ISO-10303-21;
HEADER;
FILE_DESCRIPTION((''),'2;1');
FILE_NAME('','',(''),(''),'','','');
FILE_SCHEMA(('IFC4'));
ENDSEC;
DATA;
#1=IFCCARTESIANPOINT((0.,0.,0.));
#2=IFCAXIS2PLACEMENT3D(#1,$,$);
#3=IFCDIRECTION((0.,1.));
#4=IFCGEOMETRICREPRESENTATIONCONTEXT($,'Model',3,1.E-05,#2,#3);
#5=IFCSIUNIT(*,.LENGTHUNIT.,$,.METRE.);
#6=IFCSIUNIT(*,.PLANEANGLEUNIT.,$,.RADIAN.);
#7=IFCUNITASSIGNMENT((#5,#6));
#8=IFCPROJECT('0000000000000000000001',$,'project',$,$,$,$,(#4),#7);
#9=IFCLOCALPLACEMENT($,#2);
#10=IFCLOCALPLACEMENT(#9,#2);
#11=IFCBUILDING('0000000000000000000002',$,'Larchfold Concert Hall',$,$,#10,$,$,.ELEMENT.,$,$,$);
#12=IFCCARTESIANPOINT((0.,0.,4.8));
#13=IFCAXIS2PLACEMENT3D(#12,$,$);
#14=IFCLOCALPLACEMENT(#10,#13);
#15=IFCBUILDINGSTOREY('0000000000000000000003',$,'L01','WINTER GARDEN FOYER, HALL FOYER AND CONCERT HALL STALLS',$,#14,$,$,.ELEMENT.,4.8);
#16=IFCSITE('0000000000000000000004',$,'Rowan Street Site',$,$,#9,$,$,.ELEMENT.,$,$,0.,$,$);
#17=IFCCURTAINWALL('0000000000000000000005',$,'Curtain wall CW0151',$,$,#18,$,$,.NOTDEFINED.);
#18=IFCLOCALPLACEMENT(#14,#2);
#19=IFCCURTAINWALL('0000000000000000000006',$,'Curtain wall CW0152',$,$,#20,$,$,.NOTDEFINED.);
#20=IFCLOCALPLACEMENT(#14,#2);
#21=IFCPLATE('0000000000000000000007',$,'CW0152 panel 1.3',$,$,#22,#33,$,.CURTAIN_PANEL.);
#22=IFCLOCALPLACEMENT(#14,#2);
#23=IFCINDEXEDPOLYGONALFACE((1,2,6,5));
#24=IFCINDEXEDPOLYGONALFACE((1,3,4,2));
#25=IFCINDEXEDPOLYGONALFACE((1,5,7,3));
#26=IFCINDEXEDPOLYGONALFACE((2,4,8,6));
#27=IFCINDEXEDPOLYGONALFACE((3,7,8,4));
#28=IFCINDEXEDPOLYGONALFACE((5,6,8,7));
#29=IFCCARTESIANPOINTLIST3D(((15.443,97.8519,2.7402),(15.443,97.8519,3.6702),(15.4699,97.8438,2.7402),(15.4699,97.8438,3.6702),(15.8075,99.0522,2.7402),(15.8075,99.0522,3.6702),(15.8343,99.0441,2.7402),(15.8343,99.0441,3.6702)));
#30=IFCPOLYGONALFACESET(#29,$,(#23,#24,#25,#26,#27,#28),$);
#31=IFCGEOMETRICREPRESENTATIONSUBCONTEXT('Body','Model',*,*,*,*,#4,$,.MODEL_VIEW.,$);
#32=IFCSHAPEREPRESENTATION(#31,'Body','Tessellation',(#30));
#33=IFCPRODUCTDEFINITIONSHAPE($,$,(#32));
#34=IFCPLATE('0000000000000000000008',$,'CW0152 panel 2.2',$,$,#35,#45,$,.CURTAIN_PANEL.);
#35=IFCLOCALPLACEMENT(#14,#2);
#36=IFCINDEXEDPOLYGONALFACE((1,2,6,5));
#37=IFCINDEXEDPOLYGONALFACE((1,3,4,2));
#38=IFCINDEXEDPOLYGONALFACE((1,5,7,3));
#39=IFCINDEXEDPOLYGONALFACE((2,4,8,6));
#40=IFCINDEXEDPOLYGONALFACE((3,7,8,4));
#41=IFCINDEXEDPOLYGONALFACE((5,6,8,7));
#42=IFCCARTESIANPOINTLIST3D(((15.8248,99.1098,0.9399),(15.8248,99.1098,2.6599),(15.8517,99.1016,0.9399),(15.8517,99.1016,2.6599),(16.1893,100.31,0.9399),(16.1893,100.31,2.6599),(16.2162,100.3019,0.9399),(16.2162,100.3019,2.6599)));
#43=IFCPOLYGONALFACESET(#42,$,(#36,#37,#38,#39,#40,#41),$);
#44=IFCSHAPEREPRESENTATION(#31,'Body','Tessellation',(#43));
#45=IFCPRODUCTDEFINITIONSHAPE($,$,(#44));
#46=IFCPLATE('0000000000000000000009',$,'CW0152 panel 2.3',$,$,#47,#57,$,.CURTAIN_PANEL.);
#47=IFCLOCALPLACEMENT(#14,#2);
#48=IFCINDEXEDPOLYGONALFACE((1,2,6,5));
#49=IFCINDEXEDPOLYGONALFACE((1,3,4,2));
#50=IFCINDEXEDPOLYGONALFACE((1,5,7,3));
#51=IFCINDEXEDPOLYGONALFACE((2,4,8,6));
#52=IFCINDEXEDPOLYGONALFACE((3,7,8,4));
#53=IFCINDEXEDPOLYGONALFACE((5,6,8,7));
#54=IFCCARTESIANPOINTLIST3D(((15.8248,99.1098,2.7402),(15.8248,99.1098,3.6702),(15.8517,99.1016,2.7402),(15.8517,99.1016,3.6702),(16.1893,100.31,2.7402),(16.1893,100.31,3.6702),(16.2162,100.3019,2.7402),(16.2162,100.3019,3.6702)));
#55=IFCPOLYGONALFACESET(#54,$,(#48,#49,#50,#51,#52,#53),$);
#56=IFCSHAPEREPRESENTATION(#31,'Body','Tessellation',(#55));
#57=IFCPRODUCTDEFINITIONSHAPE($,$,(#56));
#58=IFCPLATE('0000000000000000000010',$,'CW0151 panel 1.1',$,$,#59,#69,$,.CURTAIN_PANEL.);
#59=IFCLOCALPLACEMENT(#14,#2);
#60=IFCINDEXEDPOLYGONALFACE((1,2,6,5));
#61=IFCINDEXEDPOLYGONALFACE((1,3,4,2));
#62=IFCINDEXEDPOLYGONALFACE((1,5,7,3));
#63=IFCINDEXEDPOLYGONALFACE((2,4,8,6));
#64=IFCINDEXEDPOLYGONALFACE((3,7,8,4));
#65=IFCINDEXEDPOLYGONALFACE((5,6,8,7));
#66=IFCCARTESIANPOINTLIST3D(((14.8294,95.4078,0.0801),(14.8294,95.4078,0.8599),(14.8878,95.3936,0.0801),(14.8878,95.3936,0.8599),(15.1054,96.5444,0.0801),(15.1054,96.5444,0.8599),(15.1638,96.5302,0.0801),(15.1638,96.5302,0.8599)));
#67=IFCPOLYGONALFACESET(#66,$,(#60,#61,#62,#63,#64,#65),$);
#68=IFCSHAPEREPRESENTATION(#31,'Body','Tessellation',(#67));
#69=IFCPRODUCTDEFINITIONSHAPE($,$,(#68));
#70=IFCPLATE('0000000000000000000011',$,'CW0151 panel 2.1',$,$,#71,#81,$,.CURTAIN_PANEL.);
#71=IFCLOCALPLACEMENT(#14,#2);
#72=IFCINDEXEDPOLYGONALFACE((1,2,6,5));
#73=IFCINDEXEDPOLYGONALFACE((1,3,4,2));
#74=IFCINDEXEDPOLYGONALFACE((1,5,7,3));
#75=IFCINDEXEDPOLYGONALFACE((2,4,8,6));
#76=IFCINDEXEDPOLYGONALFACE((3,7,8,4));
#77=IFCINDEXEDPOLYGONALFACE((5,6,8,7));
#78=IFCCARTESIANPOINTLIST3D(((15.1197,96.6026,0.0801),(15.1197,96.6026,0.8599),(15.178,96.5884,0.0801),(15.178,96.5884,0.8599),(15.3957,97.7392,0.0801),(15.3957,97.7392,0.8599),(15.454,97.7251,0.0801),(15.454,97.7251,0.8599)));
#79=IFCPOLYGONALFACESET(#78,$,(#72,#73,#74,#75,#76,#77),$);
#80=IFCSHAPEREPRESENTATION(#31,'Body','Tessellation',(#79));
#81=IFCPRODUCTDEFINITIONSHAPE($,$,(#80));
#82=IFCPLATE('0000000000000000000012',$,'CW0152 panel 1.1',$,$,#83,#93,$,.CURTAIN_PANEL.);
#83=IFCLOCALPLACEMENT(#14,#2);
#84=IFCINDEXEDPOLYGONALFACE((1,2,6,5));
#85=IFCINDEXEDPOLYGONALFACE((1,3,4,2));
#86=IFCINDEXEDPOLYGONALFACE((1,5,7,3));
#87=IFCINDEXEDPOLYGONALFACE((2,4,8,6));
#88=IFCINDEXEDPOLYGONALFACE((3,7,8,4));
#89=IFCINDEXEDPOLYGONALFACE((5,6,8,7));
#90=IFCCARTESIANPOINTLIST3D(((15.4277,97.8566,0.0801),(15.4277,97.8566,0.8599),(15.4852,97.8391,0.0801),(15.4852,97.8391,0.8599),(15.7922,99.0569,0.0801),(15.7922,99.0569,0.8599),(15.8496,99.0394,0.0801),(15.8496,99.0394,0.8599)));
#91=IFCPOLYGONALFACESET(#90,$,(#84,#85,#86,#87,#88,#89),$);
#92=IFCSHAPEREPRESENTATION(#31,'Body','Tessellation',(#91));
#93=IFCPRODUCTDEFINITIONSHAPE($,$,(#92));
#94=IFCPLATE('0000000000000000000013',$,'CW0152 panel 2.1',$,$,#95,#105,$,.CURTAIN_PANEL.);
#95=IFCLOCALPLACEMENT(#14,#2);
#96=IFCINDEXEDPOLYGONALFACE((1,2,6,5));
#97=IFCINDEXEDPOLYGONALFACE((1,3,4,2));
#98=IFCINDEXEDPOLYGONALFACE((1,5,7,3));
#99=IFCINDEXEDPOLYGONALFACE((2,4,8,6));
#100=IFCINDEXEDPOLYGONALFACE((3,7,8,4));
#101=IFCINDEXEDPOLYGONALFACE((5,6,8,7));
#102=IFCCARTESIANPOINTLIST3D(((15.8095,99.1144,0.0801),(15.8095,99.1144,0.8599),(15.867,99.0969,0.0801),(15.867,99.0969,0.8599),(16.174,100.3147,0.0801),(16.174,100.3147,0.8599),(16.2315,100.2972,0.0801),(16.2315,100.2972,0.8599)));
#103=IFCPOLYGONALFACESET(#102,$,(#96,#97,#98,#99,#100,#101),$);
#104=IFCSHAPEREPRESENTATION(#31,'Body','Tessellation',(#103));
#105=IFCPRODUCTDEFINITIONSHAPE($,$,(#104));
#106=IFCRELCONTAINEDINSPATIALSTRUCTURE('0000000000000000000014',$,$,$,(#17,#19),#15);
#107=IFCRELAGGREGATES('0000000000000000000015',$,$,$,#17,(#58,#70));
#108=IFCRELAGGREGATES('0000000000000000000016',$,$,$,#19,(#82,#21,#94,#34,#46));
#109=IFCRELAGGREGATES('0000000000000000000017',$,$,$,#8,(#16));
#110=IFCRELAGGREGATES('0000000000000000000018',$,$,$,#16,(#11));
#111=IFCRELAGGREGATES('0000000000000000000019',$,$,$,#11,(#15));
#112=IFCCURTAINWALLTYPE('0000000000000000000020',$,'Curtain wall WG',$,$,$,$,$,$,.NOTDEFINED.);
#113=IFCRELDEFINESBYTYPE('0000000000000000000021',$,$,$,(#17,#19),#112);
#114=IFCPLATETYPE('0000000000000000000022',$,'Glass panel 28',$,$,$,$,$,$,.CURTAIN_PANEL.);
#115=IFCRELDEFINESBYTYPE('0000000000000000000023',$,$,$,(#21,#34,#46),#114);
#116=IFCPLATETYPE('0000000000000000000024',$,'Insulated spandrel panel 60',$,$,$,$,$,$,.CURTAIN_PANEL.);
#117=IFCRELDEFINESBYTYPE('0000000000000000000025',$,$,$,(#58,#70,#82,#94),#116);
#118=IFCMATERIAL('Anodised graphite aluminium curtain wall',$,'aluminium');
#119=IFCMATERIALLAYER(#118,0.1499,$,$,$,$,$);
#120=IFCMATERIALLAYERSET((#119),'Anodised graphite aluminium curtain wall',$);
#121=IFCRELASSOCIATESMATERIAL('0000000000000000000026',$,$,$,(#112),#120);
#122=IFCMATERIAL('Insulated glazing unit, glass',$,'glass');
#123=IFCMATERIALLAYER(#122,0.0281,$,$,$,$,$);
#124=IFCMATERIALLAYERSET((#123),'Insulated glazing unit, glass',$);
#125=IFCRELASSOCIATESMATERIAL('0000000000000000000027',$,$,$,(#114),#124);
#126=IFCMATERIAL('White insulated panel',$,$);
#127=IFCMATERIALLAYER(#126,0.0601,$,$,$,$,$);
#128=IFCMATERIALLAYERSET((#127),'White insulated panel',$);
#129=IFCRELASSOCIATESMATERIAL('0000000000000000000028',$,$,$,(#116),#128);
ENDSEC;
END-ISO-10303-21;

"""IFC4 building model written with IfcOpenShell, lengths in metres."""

from ifc_helpers import new_model, si_unit, direction, frame, origin, origin_2d, place, context, subcontext, project, spatial, rectangle, extrude, material, layer, layer_set, type_object, element, aggregate, save


model = new_model("IFC4")

# Units and contexts
model_context = context("Model", 3, precision=1e-05, world=origin(), true_north=direction((0.0, 1.0)))
body_context = subcontext(model_context, "Body", "Model", "MODEL_VIEW")
ifc_project = project(units=[si_unit("LENGTHUNIT", "METRE"), si_unit("PLANEANGLEUNIT", "RADIAN")], contexts=[model_context])

# Site, building, storey
site_placement = place(None, origin())
site = spatial("IfcSite", under=ifc_project, at=site_placement, Name="Rowan Street Site", CompositionType="ELEMENT", RefElevation=0.0)
building_placement = place(site_placement, origin())
building = spatial("IfcBuilding", under=site, at=building_placement, Name="Larchfold Concert Hall", CompositionType="ELEMENT")
storey_placement = place(building_placement, frame((0.0, 0.0, 4.8)))
storey = spatial("IfcBuildingStorey", under=building, at=storey_placement, Name="L01", Description="WINTER GARDEN FOYER, HALL FOYER AND CONCERT HALL STALLS", CompositionType="ELEMENT", Elevation=4.8)

# Curtain walls
ifc_material_1 = material(Name="Anodised graphite aluminium curtain wall", Category="aluminium")
ifc_layer_1 = layer(ifc_material_1, 0.1499)
ifc_layer_set_1 = layer_set([ifc_layer_1], Name="Anodised graphite aluminium curtain wall")
curtain_wall_type = type_object("IfcCurtainWallType", Name="Curtain wall WG", PredefinedType="NOTDEFINED", material=ifc_layer_set_1)
curtain_wall_1_placement = place(storey_placement, origin())
curtain_wall_1 = element("IfcCurtainWall", 1, at=curtain_wall_1_placement, inside=storey, type_object=curtain_wall_type, Name="Curtain wall CW0151", PredefinedType="NOTDEFINED")
curtain_wall_2_placement = place(storey_placement, origin())
curtain_wall_2 = element("IfcCurtainWall", 2, at=curtain_wall_2_placement, inside=storey, type_object=curtain_wall_type, Name="Curtain wall CW0152", PredefinedType="NOTDEFINED")

# Plates
ifc_material_2 = material(Name="Insulated glazing unit, glass", Category="glass")
ifc_layer_2 = layer(ifc_material_2, 0.0281)
ifc_layer_set_2 = layer_set([ifc_layer_2], Name="Insulated glazing unit, glass")
plate_type_1 = type_object("IfcPlateType", Name="Glass panel 28", PredefinedType="CURTAIN_PANEL", material=ifc_layer_set_2)
plate_1_placement = place(storey_placement, frame((15.6387, 98.448, 2.7402), z_axis=(0.0, 0.0, 1.0), x_axis=(0.290562, 0.956856, 0.0)))
plate_1 = element("IfcPlate", 3, at=plate_1_placement, type_object=plate_type_1, Name="CW0152 panel 1.3", PredefinedType="CURTAIN_PANEL", context=body_context, shape_type="SweptSolid", body=[
    extrude(rectangle(XDim=1.2544, YDim=0.0281, at=origin_2d()), origin(), (0.0, 0.0, 1.0), 0.9299),
])
plate_2_placement = place(storey_placement, frame((16.0205, 99.7058, 0.9399), z_axis=(0.0, 0.0, 1.0), x_axis=(0.290562, 0.956856, 0.0)))
plate_2 = element("IfcPlate", 4, at=plate_2_placement, type_object=plate_type_1, Name="CW0152 panel 2.2", PredefinedType="CURTAIN_PANEL", context=body_context, shape_type="SweptSolid", body=[
    extrude(rectangle(XDim=1.2544, YDim=0.0281, at=origin_2d()), origin(), (0.0, 0.0, 1.0), 1.72),
])
plate_3_placement = place(storey_placement, frame((16.0205, 99.7058, 2.7402), z_axis=(0.0, 0.0, 1.0), x_axis=(0.290562, 0.956856, 0.0)))
plate_3 = element("IfcPlate", 5, at=plate_3_placement, type_object=plate_type_1, Name="CW0152 panel 2.3", PredefinedType="CURTAIN_PANEL", context=body_context, shape_type="SweptSolid", body=[
    extrude(rectangle(XDim=1.2544, YDim=0.0281, at=origin_2d()), origin(), (0.0, 0.0, 1.0), 0.9299),
])
ifc_material_3 = material(Name="White insulated panel")
ifc_layer_3 = layer(ifc_material_3, 0.0601)
ifc_layer_set_3 = layer_set([ifc_layer_3], Name="White insulated panel")
plate_type_2 = type_object("IfcPlateType", Name="Insulated spandrel panel 60", PredefinedType="CURTAIN_PANEL", material=ifc_layer_set_3)
plate_4_placement = place(storey_placement, frame((14.9966, 95.969, 0.0801), z_axis=(0.0, 0.0, 1.0), x_axis=(0.235963, 0.971762, 0.0)))
plate_4 = element("IfcPlate", 6, at=plate_4_placement, type_object=plate_type_2, Name="CW0151 panel 1.1", PredefinedType="CURTAIN_PANEL", context=body_context, shape_type="SweptSolid", body=[
    extrude(rectangle(XDim=1.1697, YDim=0.0601, at=origin_2d()), origin(), (0.0, 0.0, 1.0), 0.7798),
])
plate_5_placement = place(storey_placement, frame((15.2869, 97.1638, 0.0801), z_axis=(0.0, 0.0, 1.0), x_axis=(0.235963, 0.971762, 0.0)))
plate_5 = element("IfcPlate", 7, at=plate_5_placement, type_object=plate_type_2, Name="CW0151 panel 2.1", PredefinedType="CURTAIN_PANEL", context=body_context, shape_type="SweptSolid", body=[
    extrude(rectangle(XDim=1.1697, YDim=0.0601, at=origin_2d()), origin(), (0.0, 0.0, 1.0), 0.7798),
])
aggregate(curtain_wall_1, [plate_4, plate_5])
plate_6_placement = place(storey_placement, frame((15.6387, 98.448, 0.0801), z_axis=(0.0, 0.0, 1.0), x_axis=(0.290562, 0.956856, 0.0)))
plate_6 = element("IfcPlate", 8, at=plate_6_placement, type_object=plate_type_2, Name="CW0152 panel 1.1", PredefinedType="CURTAIN_PANEL", context=body_context, shape_type="SweptSolid", body=[
    extrude(rectangle(XDim=1.2544, YDim=0.0601, at=origin_2d()), origin(), (0.0, 0.0, 1.0), 0.7798),
])
plate_7_placement = place(storey_placement, frame((16.0205, 99.7058, 0.0801), z_axis=(0.0, 0.0, 1.0), x_axis=(0.290562, 0.956856, 0.0)))
plate_7 = element("IfcPlate", 9, at=plate_7_placement, type_object=plate_type_2, Name="CW0152 panel 2.1", PredefinedType="CURTAIN_PANEL", context=body_context, shape_type="SweptSolid", body=[
    extrude(rectangle(XDim=1.2544, YDim=0.0601, at=origin_2d()), origin(), (0.0, 0.0, 1.0), 0.7798),
])
aggregate(curtain_wall_2, [plate_6, plate_1, plate_7, plate_2, plate_3])

save(model, "model.ifc")
